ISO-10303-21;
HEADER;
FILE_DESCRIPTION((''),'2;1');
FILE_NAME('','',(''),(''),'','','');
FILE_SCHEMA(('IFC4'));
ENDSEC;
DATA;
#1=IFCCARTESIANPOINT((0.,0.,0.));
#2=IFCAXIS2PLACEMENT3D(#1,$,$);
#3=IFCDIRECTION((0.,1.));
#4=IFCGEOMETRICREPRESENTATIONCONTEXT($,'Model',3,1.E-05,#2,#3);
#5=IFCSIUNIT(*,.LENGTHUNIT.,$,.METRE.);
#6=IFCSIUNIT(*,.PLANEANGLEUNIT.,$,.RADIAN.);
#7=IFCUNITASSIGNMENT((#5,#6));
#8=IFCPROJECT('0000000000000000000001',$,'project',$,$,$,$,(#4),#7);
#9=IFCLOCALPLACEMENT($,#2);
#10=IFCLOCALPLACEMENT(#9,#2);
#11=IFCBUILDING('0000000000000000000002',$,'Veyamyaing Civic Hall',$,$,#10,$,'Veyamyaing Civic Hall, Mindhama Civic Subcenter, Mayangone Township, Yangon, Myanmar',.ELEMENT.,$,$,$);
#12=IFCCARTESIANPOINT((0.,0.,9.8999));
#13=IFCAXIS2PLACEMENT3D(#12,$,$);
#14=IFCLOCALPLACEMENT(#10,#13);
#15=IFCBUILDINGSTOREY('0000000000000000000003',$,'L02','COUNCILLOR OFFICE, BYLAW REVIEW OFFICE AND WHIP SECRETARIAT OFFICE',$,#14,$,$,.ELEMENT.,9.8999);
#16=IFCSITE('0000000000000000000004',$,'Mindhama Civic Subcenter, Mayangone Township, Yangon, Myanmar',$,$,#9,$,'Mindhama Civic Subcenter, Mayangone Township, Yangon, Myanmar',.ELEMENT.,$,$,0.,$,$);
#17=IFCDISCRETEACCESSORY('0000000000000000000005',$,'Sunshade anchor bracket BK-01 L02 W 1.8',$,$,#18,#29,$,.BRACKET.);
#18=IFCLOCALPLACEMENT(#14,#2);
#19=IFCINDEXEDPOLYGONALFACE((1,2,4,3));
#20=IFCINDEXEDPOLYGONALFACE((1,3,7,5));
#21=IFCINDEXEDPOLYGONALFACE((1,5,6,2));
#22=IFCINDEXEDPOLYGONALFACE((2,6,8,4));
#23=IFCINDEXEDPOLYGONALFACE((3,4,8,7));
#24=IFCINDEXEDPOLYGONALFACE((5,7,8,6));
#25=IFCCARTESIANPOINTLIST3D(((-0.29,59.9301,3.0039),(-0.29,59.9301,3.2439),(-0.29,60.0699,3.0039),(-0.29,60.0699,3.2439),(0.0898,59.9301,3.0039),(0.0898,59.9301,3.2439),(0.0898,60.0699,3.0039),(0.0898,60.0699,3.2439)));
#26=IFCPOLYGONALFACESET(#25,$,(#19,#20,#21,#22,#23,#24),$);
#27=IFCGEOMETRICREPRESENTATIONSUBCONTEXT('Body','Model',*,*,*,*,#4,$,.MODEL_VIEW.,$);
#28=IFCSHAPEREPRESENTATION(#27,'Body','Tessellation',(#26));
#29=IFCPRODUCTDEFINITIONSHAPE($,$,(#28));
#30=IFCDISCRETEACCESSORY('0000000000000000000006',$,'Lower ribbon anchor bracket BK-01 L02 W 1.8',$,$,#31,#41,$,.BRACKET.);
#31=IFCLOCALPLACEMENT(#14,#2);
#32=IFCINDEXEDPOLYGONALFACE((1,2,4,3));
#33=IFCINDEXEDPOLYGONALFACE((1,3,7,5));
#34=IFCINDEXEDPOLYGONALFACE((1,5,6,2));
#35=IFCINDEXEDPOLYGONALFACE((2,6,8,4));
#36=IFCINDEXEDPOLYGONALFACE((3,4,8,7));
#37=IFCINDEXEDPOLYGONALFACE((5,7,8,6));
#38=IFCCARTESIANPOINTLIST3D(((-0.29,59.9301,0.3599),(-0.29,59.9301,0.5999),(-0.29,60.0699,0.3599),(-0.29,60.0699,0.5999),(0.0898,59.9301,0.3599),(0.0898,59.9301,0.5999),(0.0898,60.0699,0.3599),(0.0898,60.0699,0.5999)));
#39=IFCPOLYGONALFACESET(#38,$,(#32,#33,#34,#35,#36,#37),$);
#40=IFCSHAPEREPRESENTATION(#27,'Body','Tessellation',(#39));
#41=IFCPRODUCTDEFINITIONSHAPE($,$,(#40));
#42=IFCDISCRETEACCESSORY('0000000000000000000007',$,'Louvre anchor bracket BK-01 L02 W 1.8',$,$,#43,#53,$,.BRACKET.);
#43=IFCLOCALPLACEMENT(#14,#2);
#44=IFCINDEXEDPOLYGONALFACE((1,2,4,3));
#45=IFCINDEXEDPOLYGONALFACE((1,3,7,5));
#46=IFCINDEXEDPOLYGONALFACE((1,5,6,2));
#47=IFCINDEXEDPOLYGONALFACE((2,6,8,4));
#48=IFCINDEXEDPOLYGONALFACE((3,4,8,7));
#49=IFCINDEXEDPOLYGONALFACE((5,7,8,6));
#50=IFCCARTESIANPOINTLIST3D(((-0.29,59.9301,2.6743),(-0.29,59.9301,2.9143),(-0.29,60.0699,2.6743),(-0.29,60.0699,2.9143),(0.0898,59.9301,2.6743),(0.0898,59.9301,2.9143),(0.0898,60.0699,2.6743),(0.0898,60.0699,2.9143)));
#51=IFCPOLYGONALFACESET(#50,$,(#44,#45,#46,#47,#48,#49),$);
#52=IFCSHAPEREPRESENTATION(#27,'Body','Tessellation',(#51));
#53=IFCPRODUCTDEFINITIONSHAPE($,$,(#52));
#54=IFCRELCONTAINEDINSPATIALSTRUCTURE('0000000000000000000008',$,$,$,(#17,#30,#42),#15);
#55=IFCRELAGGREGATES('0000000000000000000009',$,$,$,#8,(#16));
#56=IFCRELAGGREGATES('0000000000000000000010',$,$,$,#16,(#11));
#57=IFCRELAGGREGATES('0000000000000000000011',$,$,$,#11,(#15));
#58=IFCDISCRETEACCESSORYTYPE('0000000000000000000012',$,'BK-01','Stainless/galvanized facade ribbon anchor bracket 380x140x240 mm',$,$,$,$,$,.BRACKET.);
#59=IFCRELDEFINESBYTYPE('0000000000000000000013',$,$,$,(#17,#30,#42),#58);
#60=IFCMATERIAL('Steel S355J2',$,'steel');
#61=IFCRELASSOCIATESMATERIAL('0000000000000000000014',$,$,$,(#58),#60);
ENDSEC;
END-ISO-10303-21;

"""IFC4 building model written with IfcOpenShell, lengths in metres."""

from ifc_helpers import new_model, si_unit, direction, frame, origin, origin_2d, place, context, subcontext, project, spatial, rectangle, extrude, material, type_object, element, save


model = new_model("IFC4")

# Units and contexts
model_context = context("Model", 3, precision=1e-05, world=origin(), true_north=direction((0.0, 1.0)))
body_context = subcontext(model_context, "Body", "Model", "MODEL_VIEW")
ifc_project = project(units=[si_unit("LENGTHUNIT", "METRE"), si_unit("PLANEANGLEUNIT", "RADIAN")], contexts=[model_context])

# Site, building, storey
site_placement = place(None, origin())
site = spatial("IfcSite", under=ifc_project, at=site_placement, Name="Mindhama Civic Subcenter, Mayangone Township, Yangon, Myanmar", LongName="Mindhama Civic Subcenter, Mayangone Township, Yangon, Myanmar", CompositionType="ELEMENT", RefElevation=0.0)
building_placement = place(site_placement, origin())
building = spatial("IfcBuilding", under=site, at=building_placement, Name="Veyamyaing Civic Hall", LongName="Veyamyaing Civic Hall, Mindhama Civic Subcenter, Mayangone Township, Yangon, Myanmar", CompositionType="ELEMENT")
storey_placement = place(building_placement, frame((0.0, 0.0, 9.8999)))
storey = spatial("IfcBuildingStorey", under=building, at=storey_placement, Name="L02", Description="COUNCILLOR OFFICE, BYLAW REVIEW OFFICE AND WHIP SECRETARIAT OFFICE", CompositionType="ELEMENT", Elevation=9.8999)

# Discrete accessories
ifc_material_1 = material(Name="Steel S355J2", Category="steel")
discrete_accessory_type = type_object("IfcDiscreteAccessoryType", Name="BK-01", Description="Stainless/galvanized facade ribbon anchor bracket 380x140x240 mm", PredefinedType="BRACKET", material=ifc_material_1)
for number, where, z_axis, x_axis, name in (
    (1, (-0.1001, 60.0, 3.0039), (0.0, 0.0, 1.0), (-1.0, 0.0, 0.0), "Sunshade anchor bracket BK-01 L02 W 1.8"),
    (2, (-0.1001, 60.0, 0.3599), (0.0, 0.0, 1.0), (-1.0, 0.0, 0.0), "Lower ribbon anchor bracket BK-01 L02 W 1.8"),
    (3, (-0.1001, 60.0, 2.6743), (0.0, 0.0, 1.0), (-1.0, 0.0, 0.0), "Louvre anchor bracket BK-01 L02 W 1.8"),
):
    element("IfcDiscreteAccessory", number, at=place(storey_placement, frame(where, z_axis=z_axis, x_axis=x_axis)), inside=storey, type_object=discrete_accessory_type, Name=name, PredefinedType="BRACKET", context=body_context, shape_type="SweptSolid", body=[
        extrude(rectangle(XDim=0.3799, YDim=0.1399, at=origin_2d()), origin(), (0.0, 0.0, 1.0), 0.24),
    ])

save(model, "model.ifc")
